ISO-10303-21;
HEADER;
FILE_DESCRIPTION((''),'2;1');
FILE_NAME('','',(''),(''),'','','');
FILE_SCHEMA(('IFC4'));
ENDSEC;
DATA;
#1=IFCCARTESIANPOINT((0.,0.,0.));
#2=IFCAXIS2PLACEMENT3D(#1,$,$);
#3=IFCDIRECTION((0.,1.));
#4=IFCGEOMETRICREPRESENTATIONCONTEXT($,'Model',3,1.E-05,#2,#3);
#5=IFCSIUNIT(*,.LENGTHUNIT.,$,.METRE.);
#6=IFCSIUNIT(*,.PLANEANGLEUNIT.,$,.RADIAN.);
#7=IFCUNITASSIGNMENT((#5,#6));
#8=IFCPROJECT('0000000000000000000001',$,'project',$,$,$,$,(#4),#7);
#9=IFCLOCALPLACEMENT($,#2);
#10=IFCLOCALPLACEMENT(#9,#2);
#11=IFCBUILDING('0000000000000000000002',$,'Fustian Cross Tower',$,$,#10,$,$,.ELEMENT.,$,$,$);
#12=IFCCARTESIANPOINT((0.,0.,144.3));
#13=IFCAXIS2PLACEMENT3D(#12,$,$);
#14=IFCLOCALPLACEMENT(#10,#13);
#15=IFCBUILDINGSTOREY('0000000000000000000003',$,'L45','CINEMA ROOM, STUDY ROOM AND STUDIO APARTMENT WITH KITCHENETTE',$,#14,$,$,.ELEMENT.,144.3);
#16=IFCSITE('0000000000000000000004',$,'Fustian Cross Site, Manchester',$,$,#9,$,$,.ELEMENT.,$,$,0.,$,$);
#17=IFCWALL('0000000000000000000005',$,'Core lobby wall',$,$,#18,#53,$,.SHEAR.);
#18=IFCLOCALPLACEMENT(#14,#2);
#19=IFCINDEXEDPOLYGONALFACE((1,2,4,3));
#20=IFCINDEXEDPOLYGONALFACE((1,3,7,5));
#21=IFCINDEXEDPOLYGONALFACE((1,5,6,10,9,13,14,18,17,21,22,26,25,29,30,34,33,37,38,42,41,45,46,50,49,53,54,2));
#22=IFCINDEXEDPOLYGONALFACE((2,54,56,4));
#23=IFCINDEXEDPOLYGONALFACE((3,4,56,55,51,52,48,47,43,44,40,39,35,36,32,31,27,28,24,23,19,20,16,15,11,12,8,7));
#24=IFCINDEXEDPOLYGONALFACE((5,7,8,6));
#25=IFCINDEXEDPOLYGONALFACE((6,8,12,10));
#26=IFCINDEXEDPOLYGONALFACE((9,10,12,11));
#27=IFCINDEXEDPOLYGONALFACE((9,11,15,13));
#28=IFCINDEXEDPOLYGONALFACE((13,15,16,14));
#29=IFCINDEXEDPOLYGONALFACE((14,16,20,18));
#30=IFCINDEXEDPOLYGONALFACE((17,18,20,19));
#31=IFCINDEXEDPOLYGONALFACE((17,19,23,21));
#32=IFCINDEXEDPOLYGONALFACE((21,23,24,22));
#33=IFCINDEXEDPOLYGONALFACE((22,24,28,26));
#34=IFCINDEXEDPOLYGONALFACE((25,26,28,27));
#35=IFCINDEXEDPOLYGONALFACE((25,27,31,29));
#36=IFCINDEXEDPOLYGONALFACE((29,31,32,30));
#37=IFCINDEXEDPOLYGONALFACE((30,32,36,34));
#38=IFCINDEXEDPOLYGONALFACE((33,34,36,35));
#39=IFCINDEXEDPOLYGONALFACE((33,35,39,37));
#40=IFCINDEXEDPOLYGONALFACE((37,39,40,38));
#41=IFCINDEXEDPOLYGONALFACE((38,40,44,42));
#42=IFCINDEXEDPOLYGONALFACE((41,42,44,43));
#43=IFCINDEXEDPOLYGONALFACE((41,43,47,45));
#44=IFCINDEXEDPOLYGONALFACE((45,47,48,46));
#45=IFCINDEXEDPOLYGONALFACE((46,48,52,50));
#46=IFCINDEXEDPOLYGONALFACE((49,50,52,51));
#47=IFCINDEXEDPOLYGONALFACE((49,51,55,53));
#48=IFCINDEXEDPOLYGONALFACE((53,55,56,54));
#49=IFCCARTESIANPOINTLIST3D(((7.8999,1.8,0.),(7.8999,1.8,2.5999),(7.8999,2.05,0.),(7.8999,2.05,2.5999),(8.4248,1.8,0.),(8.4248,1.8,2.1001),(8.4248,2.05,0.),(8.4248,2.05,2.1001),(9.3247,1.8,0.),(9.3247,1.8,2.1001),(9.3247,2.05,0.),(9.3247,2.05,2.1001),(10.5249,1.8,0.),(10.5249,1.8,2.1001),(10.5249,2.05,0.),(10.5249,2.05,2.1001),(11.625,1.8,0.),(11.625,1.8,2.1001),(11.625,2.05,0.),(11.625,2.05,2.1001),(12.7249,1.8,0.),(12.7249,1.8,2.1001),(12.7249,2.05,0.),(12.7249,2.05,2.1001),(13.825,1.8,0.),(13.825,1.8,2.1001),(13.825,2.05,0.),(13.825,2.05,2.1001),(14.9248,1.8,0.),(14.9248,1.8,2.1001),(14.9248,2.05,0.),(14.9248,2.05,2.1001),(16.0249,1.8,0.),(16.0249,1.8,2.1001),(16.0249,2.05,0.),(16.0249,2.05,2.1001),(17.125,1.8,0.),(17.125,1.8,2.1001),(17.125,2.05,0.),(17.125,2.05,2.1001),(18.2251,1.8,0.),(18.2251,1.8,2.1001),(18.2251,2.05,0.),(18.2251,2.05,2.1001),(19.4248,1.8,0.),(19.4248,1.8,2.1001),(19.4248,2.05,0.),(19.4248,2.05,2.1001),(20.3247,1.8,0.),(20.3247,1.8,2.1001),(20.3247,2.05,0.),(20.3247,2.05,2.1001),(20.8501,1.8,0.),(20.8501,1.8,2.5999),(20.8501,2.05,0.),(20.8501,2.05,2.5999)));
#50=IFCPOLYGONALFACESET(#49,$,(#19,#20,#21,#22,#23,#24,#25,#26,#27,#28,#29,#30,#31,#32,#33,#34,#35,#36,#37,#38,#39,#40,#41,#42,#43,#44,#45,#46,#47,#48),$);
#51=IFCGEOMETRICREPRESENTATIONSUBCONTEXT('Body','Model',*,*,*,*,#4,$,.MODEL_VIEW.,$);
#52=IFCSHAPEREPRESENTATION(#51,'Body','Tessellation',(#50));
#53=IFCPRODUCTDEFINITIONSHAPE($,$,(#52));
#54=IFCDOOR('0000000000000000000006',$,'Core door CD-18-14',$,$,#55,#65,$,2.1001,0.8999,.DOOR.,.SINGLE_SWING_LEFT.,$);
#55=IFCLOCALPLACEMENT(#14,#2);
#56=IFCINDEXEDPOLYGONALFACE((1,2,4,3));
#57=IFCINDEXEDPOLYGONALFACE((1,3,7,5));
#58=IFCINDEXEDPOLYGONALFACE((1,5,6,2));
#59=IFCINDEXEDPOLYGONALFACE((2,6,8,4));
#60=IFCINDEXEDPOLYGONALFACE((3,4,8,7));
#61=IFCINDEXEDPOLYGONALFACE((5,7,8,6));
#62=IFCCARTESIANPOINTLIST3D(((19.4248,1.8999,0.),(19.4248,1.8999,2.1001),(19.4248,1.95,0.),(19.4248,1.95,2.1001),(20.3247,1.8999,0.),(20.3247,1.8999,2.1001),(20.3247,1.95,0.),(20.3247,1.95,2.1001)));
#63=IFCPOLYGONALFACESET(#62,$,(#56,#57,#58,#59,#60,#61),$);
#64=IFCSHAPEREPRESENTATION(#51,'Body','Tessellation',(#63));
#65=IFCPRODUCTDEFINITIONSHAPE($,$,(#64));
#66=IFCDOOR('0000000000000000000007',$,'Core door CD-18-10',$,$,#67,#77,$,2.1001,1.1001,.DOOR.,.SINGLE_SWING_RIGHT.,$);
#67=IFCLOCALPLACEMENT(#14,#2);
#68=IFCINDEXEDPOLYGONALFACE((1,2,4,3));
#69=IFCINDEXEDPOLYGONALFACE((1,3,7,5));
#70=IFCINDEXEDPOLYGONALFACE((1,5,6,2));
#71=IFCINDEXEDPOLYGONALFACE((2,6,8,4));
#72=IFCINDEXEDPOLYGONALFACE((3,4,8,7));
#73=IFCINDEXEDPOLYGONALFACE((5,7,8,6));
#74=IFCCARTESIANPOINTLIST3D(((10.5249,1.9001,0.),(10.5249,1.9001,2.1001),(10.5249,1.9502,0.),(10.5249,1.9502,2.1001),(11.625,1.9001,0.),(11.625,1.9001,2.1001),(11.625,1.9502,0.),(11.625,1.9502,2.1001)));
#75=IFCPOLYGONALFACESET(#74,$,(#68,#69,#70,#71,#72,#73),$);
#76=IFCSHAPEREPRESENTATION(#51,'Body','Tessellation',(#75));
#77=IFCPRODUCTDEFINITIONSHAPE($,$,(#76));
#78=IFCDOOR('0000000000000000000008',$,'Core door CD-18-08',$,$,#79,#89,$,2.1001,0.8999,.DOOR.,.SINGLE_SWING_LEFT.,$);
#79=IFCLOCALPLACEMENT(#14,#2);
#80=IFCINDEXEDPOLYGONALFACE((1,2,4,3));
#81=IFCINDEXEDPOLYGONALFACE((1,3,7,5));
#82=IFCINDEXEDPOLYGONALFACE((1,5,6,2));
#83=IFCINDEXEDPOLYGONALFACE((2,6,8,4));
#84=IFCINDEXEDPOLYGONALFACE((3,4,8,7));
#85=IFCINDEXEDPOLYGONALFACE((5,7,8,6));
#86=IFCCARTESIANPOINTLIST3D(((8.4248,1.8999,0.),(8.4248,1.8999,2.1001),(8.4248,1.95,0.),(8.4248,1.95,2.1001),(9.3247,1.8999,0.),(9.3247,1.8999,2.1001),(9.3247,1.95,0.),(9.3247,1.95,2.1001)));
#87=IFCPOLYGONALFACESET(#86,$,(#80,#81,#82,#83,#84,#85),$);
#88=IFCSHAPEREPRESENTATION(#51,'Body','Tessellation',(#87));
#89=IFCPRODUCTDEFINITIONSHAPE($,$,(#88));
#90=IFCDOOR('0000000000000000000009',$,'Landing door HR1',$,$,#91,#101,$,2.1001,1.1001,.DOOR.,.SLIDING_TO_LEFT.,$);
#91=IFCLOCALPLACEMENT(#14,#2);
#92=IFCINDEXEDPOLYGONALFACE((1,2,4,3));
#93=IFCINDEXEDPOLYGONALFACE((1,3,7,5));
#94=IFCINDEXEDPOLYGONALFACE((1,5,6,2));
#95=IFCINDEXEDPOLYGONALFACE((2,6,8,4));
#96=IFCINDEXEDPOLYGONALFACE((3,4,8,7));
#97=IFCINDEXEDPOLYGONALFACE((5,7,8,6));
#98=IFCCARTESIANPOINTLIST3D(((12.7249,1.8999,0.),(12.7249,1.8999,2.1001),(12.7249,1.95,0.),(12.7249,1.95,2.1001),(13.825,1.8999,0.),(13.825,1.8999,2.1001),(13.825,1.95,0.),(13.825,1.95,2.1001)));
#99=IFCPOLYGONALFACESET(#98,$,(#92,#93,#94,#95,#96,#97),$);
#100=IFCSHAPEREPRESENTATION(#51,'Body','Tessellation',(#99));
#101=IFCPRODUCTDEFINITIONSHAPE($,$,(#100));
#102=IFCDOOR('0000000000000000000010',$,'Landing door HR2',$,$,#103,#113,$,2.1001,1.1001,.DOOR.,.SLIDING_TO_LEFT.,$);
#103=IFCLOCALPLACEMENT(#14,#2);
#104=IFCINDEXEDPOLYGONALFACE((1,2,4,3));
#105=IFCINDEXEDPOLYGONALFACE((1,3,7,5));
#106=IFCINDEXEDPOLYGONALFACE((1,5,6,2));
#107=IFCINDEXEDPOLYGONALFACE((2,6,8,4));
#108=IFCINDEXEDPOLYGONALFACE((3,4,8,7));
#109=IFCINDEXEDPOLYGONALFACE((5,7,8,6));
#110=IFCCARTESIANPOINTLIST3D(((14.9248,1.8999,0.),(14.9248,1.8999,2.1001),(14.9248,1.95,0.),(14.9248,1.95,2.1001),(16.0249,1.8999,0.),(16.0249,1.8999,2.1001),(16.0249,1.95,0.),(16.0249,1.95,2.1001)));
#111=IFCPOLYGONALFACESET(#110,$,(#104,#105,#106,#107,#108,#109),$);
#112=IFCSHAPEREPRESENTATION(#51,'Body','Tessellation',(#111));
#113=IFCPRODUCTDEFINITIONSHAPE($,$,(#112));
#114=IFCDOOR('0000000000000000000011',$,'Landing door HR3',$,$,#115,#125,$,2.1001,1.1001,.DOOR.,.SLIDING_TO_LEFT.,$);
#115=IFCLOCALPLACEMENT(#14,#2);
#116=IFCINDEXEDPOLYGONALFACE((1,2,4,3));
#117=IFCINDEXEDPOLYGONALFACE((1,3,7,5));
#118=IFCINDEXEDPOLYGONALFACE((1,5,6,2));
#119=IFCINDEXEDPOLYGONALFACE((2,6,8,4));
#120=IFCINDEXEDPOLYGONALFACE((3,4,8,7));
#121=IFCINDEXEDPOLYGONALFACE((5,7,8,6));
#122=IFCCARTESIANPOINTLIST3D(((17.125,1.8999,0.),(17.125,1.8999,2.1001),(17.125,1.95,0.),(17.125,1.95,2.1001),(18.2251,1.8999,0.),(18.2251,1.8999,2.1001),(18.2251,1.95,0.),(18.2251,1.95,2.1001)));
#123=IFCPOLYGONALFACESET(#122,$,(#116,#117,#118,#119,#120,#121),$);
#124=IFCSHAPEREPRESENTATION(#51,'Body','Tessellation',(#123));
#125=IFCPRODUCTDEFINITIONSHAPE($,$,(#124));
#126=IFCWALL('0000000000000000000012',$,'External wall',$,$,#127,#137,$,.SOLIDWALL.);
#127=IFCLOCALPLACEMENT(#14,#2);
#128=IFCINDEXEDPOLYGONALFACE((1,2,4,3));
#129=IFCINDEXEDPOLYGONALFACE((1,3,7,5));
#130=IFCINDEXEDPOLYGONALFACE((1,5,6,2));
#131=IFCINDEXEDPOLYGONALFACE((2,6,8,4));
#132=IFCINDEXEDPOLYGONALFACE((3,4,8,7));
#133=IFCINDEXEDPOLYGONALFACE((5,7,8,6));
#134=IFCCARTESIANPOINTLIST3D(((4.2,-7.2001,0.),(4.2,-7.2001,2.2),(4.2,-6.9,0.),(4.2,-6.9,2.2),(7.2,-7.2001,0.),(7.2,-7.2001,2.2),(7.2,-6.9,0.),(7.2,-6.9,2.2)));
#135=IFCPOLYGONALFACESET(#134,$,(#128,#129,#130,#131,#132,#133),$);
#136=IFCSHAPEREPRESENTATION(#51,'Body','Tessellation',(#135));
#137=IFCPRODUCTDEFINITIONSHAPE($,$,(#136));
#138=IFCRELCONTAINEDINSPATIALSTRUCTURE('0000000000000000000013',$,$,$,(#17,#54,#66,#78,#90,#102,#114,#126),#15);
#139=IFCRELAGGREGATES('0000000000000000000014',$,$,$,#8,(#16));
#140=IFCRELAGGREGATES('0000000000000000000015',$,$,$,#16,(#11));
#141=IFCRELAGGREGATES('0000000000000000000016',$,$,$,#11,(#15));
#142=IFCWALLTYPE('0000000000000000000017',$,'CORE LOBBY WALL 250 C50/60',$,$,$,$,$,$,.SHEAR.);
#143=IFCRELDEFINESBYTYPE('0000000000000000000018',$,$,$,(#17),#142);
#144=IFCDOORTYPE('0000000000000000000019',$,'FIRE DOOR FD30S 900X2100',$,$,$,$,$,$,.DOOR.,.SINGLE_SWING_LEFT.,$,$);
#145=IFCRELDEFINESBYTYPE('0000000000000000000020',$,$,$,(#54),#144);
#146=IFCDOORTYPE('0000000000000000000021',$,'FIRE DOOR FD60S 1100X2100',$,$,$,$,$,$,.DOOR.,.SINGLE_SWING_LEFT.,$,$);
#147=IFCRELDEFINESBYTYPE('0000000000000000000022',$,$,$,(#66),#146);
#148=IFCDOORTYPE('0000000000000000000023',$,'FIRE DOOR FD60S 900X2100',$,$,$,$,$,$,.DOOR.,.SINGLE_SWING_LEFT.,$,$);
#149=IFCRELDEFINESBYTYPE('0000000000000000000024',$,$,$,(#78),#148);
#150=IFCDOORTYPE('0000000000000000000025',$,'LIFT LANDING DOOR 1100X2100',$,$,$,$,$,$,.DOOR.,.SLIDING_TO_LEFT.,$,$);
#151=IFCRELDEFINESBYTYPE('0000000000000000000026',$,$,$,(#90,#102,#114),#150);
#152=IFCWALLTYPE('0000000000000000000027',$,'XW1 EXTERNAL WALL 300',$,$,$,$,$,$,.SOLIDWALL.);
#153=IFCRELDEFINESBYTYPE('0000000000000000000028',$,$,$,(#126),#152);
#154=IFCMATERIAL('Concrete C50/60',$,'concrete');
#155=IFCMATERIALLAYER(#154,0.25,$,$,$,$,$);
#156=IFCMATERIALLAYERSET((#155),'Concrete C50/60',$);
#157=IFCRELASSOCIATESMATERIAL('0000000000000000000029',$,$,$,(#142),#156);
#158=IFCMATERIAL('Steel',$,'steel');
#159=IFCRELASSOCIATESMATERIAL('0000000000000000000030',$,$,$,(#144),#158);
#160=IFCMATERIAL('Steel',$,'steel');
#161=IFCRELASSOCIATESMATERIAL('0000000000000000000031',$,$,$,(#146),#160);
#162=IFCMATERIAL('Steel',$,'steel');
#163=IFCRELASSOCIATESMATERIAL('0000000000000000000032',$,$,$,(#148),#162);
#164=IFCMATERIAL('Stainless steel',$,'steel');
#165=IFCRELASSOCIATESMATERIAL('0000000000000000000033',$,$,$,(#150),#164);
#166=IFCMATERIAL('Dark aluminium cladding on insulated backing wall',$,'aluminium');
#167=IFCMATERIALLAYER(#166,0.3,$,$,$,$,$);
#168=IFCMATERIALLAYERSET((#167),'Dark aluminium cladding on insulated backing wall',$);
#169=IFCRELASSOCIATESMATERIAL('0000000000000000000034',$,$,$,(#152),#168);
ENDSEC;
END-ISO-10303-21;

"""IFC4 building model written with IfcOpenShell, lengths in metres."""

from ifc_helpers import new_model, si_unit, direction, frame, frame_2d, origin, place, context, subcontext, project, spatial, rectangle, extrude, material, layer, layer_set, type_object, element, fill, save


model = new_model("IFC4")

# Units and contexts
model_context = context("Model", 3, precision=1e-05, world=origin(), true_north=direction((0.0, 1.0)))
body_context = subcontext(model_context, "Body", "Model", "MODEL_VIEW")
ifc_project = project(units=[si_unit("LENGTHUNIT", "METRE"), si_unit("PLANEANGLEUNIT", "RADIAN")], contexts=[model_context])

# Site, building, storey
site_placement = place(None, origin())
site = spatial("IfcSite", under=ifc_project, at=site_placement, Name="Fustian Cross Site, Manchester", CompositionType="ELEMENT", RefElevation=0.0)
building_placement = place(site_placement, origin())
building = spatial("IfcBuilding", under=site, at=building_placement, Name="Fustian Cross Tower", CompositionType="ELEMENT")
storey_placement = place(building_placement, frame((0.0, 0.0, 144.3)))
storey = spatial("IfcBuildingStorey", under=building, at=storey_placement, Name="L45", Description="CINEMA ROOM, STUDY ROOM AND STUDIO APARTMENT WITH KITCHENETTE", CompositionType="ELEMENT", Elevation=144.3)

# Wall, openings, doors
ifc_material_1 = material(Name="Concrete C50/60", Category="concrete")
ifc_layer_1 = layer(ifc_material_1, 0.25)
ifc_layer_set_1 = layer_set([ifc_layer_1], Name="Concrete C50/60")
wall_type_1 = type_object("IfcWallType", Name="CORE LOBBY WALL 250 C50/60", PredefinedType="SHEAR", material=ifc_layer_set_1)
wall_1_placement = place(storey_placement, frame((7.8999, 1.925, 0.0), z_axis=(0.0, 0.0, 1.0), x_axis=(1.0, 0.0, 0.0)))
wall_1 = element("IfcWall", 1, at=wall_1_placement, inside=storey, type_object=wall_type_1, Name="Core lobby wall", PredefinedType="SHEAR", context=body_context, shape_type="SweptSolid", body=[
    extrude(rectangle(XDim=12.9502, YDim=0.25, at=frame_2d((6.4751, 0.0))), origin(), (0.0, 0.0, 1.0), 2.5999),
])
opening_1_placement = place(wall_1_placement, frame((4.825, 0.0, 0.0)))
opening_1 = element("IfcOpeningElement", 2, at=opening_1_placement, cuts=wall_1, PredefinedType="OPENING", context=body_context, shape_type="SweptSolid", body=[
    extrude(rectangle(XDim=1.1001, YDim=2.1001, at=frame_2d((0.55, 1.05))), frame((0.0, 0.135, 0.0), z_axis=(0.0, -1.0, 0.0), x_axis=(1.0, 0.0, 0.0)), (0.0, 0.0, 1.0), 0.27),
])
opening_2_placement = place(wall_1_placement, frame((7.0249, 0.0, 0.0)))
opening_2 = element("IfcOpeningElement", 3, at=opening_2_placement, cuts=wall_1, PredefinedType="OPENING", context=body_context, shape_type="SweptSolid", body=[
    extrude(rectangle(XDim=1.1001, YDim=2.1001, at=frame_2d((0.55, 1.05))), frame((0.0, 0.135, 0.0), z_axis=(0.0, -1.0, 0.0), x_axis=(1.0, 0.0, 0.0)), (0.0, 0.0, 1.0), 0.27),
])
opening_3_placement = place(wall_1_placement, frame((9.2251, 0.0, 0.0)))
opening_3 = element("IfcOpeningElement", 4, at=opening_3_placement, cuts=wall_1, PredefinedType="OPENING", context=body_context, shape_type="SweptSolid", body=[
    extrude(rectangle(XDim=1.1001, YDim=2.1001, at=frame_2d((0.55, 1.05))), frame((0.0, 0.135, 0.0), z_axis=(0.0, -1.0, 0.0), x_axis=(1.0, 0.0, 0.0)), (0.0, 0.0, 1.0), 0.27),
])
opening_4_placement = place(wall_1_placement, frame((0.5249, 0.0, 0.0)))
opening_4 = element("IfcOpeningElement", 5, at=opening_4_placement, cuts=wall_1, PredefinedType="OPENING", context=body_context, shape_type="SweptSolid", body=[
    extrude(rectangle(XDim=0.8999, YDim=2.1001, at=frame_2d((0.45, 1.05))), frame((0.0, 0.135, 0.0), z_axis=(0.0, -1.0, 0.0), x_axis=(1.0, 0.0, 0.0)), (0.0, 0.0, 1.0), 0.27),
])
opening_5_placement = place(wall_1_placement, frame((2.625, 0.0, 0.0)))
opening_5 = element("IfcOpeningElement", 6, at=opening_5_placement, cuts=wall_1, PredefinedType="OPENING", context=body_context, shape_type="SweptSolid", body=[
    extrude(rectangle(XDim=1.1001, YDim=2.1001, at=frame_2d((0.55, 1.05))), frame((0.0, 0.135, 0.0), z_axis=(0.0, -1.0, 0.0), x_axis=(1.0, 0.0, 0.0)), (0.0, 0.0, 1.0), 0.27),
])
opening_6_placement = place(wall_1_placement, frame((11.5249, 0.0, 0.0)))
opening_6 = element("IfcOpeningElement", 7, at=opening_6_placement, cuts=wall_1, PredefinedType="OPENING", context=body_context, shape_type="SweptSolid", body=[
    extrude(rectangle(XDim=0.8999, YDim=2.1001, at=frame_2d((0.45, 1.05))), frame((0.0, 0.135, 0.0), z_axis=(0.0, -1.0, 0.0), x_axis=(1.0, 0.0, 0.0)), (0.0, 0.0, 1.0), 0.27),
])
ifc_material_2 = material(Name="Steel", Category="steel")
door_type_1 = type_object("IfcDoorType", Name="FIRE DOOR FD30S 900X2100", OperationType="SINGLE_SWING_LEFT", PredefinedType="DOOR", material=ifc_material_2)
door_1_placement = place(opening_6_placement, origin())
door_1 = element("IfcDoor", 8, at=door_1_placement, inside=storey, type_object=door_type_1, Name="Core door CD-18-14", OperationType="SINGLE_SWING_LEFT", OverallHeight=2.1001, OverallWidth=0.8999, PredefinedType="DOOR", context=body_context, shape_type="SweptSolid", body=[
    extrude(rectangle(XDim=0.8999, YDim=2.1001, at=frame_2d((0.45, 1.05))), frame((0.0, 0.0249, 0.0), z_axis=(0.0, -1.0, 0.0), x_axis=(1.0, 0.0, 0.0)), (0.0, 0.0, 1.0), 0.05),
])
fill(opening_6, door_1)
ifc_material_3 = material(Name="Steel", Category="steel")
door_type_2 = type_object("IfcDoorType", Name="FIRE DOOR FD60S 1100X2100", OperationType="SINGLE_SWING_LEFT", PredefinedType="DOOR", material=ifc_material_3)
door_2_placement = place(opening_5_placement, frame((1.1001, 0.0, 0.0), z_axis=(0.0, 0.0, 1.0), x_axis=(-1.0, 0.0, 0.0)))
door_2 = element("IfcDoor", 9, at=door_2_placement, inside=storey, type_object=door_type_2, Name="Core door CD-18-10", OperationType="SINGLE_SWING_RIGHT", OverallHeight=2.1001, OverallWidth=1.1001, PredefinedType="DOOR", context=body_context, shape_type="SweptSolid", body=[
    extrude(rectangle(XDim=1.1001, YDim=2.1001, at=frame_2d((0.55, 1.05))), frame((0.0, 0.0249, 0.0), z_axis=(0.0, -1.0, 0.0), x_axis=(1.0, 0.0, 0.0)), (0.0, 0.0, 1.0), 0.05),
])
fill(opening_5, door_2)
ifc_material_4 = material(Name="Steel", Category="steel")
door_type_3 = type_object("IfcDoorType", Name="FIRE DOOR FD60S 900X2100", OperationType="SINGLE_SWING_LEFT", PredefinedType="DOOR", material=ifc_material_4)
door_3_placement = place(opening_4_placement, origin())
door_3 = element("IfcDoor", 10, at=door_3_placement, inside=storey, type_object=door_type_3, Name="Core door CD-18-08", OperationType="SINGLE_SWING_LEFT", OverallHeight=2.1001, OverallWidth=0.8999, PredefinedType="DOOR", context=body_context, shape_type="SweptSolid", body=[
    extrude(rectangle(XDim=0.8999, YDim=2.1001, at=frame_2d((0.45, 1.05))), frame((0.0, 0.0249, 0.0), z_axis=(0.0, -1.0, 0.0), x_axis=(1.0, 0.0, 0.0)), (0.0, 0.0, 1.0), 0.05),
])
fill(opening_4, door_3)
ifc_material_5 = material(Name="Stainless steel", Category="steel")
door_type_4 = type_object("IfcDoorType", Name="LIFT LANDING DOOR 1100X2100", OperationType="SLIDING_TO_LEFT", PredefinedType="DOOR", material=ifc_material_5)
door_4_placement = place(opening_1_placement, origin())
door_4 = element("IfcDoor", 11, at=door_4_placement, inside=storey, type_object=door_type_4, Name="Landing door HR1", OperationType="SLIDING_TO_LEFT", OverallHeight=2.1001, OverallWidth=1.1001, PredefinedType="DOOR", context=body_context, shape_type="SweptSolid", body=[
    extrude(rectangle(XDim=1.1001, YDim=2.1001, at=frame_2d((0.55, 1.05))), frame((0.0, 0.0249, 0.0), z_axis=(0.0, -1.0, 0.0), x_axis=(1.0, 0.0, 0.0)), (0.0, 0.0, 1.0), 0.05),
])
fill(opening_1, door_4)
door_5_placement = place(opening_2_placement, origin())
door_5 = element("IfcDoor", 12, at=door_5_placement, inside=storey, type_object=door_type_4, Name="Landing door HR2", OperationType="SLIDING_TO_LEFT", OverallHeight=2.1001, OverallWidth=1.1001, PredefinedType="DOOR", context=body_context, shape_type="SweptSolid", body=[
    extrude(rectangle(XDim=1.1001, YDim=2.1001, at=frame_2d((0.55, 1.05))), frame((0.0, 0.0249, 0.0), z_axis=(0.0, -1.0, 0.0), x_axis=(1.0, 0.0, 0.0)), (0.0, 0.0, 1.0), 0.05),
])
fill(opening_2, door_5)
door_6_placement = place(opening_3_placement, origin())
door_6 = element("IfcDoor", 13, at=door_6_placement, inside=storey, type_object=door_type_4, Name="Landing door HR3", OperationType="SLIDING_TO_LEFT", OverallHeight=2.1001, OverallWidth=1.1001, PredefinedType="DOOR", context=body_context, shape_type="SweptSolid", body=[
    extrude(rectangle(XDim=1.1001, YDim=2.1001, at=frame_2d((0.55, 1.05))), frame((0.0, 0.0249, 0.0), z_axis=(0.0, -1.0, 0.0), x_axis=(1.0, 0.0, 0.0)), (0.0, 0.0, 1.0), 0.05),
])
fill(opening_3, door_6)

# Wall
ifc_material_6 = material(Name="Dark aluminium cladding on insulated backing wall", Category="aluminium")
ifc_layer_2 = layer(ifc_material_6, 0.3)
ifc_layer_set_2 = layer_set([ifc_layer_2], Name="Dark aluminium cladding on insulated backing wall")
wall_type_2 = type_object("IfcWallType", Name="XW1 EXTERNAL WALL 300", PredefinedType="SOLIDWALL", material=ifc_layer_set_2)
wall_2_placement = place(storey_placement, frame((4.2, -7.05, 0.0), z_axis=(0.0, 0.0, 1.0), x_axis=(1.0, 0.0, 0.0)))
element("IfcWall", 14, at=wall_2_placement, inside=storey, type_object=wall_type_2, Name="External wall", PredefinedType="SOLIDWALL", context=body_context, shape_type="SweptSolid", body=[
    extrude(rectangle(XDim=3.0, YDim=0.3, at=frame_2d((1.5, 0.0))), origin(), (0.0, 0.0, 1.0), 2.2),
])

save(model, "model.ifc")
